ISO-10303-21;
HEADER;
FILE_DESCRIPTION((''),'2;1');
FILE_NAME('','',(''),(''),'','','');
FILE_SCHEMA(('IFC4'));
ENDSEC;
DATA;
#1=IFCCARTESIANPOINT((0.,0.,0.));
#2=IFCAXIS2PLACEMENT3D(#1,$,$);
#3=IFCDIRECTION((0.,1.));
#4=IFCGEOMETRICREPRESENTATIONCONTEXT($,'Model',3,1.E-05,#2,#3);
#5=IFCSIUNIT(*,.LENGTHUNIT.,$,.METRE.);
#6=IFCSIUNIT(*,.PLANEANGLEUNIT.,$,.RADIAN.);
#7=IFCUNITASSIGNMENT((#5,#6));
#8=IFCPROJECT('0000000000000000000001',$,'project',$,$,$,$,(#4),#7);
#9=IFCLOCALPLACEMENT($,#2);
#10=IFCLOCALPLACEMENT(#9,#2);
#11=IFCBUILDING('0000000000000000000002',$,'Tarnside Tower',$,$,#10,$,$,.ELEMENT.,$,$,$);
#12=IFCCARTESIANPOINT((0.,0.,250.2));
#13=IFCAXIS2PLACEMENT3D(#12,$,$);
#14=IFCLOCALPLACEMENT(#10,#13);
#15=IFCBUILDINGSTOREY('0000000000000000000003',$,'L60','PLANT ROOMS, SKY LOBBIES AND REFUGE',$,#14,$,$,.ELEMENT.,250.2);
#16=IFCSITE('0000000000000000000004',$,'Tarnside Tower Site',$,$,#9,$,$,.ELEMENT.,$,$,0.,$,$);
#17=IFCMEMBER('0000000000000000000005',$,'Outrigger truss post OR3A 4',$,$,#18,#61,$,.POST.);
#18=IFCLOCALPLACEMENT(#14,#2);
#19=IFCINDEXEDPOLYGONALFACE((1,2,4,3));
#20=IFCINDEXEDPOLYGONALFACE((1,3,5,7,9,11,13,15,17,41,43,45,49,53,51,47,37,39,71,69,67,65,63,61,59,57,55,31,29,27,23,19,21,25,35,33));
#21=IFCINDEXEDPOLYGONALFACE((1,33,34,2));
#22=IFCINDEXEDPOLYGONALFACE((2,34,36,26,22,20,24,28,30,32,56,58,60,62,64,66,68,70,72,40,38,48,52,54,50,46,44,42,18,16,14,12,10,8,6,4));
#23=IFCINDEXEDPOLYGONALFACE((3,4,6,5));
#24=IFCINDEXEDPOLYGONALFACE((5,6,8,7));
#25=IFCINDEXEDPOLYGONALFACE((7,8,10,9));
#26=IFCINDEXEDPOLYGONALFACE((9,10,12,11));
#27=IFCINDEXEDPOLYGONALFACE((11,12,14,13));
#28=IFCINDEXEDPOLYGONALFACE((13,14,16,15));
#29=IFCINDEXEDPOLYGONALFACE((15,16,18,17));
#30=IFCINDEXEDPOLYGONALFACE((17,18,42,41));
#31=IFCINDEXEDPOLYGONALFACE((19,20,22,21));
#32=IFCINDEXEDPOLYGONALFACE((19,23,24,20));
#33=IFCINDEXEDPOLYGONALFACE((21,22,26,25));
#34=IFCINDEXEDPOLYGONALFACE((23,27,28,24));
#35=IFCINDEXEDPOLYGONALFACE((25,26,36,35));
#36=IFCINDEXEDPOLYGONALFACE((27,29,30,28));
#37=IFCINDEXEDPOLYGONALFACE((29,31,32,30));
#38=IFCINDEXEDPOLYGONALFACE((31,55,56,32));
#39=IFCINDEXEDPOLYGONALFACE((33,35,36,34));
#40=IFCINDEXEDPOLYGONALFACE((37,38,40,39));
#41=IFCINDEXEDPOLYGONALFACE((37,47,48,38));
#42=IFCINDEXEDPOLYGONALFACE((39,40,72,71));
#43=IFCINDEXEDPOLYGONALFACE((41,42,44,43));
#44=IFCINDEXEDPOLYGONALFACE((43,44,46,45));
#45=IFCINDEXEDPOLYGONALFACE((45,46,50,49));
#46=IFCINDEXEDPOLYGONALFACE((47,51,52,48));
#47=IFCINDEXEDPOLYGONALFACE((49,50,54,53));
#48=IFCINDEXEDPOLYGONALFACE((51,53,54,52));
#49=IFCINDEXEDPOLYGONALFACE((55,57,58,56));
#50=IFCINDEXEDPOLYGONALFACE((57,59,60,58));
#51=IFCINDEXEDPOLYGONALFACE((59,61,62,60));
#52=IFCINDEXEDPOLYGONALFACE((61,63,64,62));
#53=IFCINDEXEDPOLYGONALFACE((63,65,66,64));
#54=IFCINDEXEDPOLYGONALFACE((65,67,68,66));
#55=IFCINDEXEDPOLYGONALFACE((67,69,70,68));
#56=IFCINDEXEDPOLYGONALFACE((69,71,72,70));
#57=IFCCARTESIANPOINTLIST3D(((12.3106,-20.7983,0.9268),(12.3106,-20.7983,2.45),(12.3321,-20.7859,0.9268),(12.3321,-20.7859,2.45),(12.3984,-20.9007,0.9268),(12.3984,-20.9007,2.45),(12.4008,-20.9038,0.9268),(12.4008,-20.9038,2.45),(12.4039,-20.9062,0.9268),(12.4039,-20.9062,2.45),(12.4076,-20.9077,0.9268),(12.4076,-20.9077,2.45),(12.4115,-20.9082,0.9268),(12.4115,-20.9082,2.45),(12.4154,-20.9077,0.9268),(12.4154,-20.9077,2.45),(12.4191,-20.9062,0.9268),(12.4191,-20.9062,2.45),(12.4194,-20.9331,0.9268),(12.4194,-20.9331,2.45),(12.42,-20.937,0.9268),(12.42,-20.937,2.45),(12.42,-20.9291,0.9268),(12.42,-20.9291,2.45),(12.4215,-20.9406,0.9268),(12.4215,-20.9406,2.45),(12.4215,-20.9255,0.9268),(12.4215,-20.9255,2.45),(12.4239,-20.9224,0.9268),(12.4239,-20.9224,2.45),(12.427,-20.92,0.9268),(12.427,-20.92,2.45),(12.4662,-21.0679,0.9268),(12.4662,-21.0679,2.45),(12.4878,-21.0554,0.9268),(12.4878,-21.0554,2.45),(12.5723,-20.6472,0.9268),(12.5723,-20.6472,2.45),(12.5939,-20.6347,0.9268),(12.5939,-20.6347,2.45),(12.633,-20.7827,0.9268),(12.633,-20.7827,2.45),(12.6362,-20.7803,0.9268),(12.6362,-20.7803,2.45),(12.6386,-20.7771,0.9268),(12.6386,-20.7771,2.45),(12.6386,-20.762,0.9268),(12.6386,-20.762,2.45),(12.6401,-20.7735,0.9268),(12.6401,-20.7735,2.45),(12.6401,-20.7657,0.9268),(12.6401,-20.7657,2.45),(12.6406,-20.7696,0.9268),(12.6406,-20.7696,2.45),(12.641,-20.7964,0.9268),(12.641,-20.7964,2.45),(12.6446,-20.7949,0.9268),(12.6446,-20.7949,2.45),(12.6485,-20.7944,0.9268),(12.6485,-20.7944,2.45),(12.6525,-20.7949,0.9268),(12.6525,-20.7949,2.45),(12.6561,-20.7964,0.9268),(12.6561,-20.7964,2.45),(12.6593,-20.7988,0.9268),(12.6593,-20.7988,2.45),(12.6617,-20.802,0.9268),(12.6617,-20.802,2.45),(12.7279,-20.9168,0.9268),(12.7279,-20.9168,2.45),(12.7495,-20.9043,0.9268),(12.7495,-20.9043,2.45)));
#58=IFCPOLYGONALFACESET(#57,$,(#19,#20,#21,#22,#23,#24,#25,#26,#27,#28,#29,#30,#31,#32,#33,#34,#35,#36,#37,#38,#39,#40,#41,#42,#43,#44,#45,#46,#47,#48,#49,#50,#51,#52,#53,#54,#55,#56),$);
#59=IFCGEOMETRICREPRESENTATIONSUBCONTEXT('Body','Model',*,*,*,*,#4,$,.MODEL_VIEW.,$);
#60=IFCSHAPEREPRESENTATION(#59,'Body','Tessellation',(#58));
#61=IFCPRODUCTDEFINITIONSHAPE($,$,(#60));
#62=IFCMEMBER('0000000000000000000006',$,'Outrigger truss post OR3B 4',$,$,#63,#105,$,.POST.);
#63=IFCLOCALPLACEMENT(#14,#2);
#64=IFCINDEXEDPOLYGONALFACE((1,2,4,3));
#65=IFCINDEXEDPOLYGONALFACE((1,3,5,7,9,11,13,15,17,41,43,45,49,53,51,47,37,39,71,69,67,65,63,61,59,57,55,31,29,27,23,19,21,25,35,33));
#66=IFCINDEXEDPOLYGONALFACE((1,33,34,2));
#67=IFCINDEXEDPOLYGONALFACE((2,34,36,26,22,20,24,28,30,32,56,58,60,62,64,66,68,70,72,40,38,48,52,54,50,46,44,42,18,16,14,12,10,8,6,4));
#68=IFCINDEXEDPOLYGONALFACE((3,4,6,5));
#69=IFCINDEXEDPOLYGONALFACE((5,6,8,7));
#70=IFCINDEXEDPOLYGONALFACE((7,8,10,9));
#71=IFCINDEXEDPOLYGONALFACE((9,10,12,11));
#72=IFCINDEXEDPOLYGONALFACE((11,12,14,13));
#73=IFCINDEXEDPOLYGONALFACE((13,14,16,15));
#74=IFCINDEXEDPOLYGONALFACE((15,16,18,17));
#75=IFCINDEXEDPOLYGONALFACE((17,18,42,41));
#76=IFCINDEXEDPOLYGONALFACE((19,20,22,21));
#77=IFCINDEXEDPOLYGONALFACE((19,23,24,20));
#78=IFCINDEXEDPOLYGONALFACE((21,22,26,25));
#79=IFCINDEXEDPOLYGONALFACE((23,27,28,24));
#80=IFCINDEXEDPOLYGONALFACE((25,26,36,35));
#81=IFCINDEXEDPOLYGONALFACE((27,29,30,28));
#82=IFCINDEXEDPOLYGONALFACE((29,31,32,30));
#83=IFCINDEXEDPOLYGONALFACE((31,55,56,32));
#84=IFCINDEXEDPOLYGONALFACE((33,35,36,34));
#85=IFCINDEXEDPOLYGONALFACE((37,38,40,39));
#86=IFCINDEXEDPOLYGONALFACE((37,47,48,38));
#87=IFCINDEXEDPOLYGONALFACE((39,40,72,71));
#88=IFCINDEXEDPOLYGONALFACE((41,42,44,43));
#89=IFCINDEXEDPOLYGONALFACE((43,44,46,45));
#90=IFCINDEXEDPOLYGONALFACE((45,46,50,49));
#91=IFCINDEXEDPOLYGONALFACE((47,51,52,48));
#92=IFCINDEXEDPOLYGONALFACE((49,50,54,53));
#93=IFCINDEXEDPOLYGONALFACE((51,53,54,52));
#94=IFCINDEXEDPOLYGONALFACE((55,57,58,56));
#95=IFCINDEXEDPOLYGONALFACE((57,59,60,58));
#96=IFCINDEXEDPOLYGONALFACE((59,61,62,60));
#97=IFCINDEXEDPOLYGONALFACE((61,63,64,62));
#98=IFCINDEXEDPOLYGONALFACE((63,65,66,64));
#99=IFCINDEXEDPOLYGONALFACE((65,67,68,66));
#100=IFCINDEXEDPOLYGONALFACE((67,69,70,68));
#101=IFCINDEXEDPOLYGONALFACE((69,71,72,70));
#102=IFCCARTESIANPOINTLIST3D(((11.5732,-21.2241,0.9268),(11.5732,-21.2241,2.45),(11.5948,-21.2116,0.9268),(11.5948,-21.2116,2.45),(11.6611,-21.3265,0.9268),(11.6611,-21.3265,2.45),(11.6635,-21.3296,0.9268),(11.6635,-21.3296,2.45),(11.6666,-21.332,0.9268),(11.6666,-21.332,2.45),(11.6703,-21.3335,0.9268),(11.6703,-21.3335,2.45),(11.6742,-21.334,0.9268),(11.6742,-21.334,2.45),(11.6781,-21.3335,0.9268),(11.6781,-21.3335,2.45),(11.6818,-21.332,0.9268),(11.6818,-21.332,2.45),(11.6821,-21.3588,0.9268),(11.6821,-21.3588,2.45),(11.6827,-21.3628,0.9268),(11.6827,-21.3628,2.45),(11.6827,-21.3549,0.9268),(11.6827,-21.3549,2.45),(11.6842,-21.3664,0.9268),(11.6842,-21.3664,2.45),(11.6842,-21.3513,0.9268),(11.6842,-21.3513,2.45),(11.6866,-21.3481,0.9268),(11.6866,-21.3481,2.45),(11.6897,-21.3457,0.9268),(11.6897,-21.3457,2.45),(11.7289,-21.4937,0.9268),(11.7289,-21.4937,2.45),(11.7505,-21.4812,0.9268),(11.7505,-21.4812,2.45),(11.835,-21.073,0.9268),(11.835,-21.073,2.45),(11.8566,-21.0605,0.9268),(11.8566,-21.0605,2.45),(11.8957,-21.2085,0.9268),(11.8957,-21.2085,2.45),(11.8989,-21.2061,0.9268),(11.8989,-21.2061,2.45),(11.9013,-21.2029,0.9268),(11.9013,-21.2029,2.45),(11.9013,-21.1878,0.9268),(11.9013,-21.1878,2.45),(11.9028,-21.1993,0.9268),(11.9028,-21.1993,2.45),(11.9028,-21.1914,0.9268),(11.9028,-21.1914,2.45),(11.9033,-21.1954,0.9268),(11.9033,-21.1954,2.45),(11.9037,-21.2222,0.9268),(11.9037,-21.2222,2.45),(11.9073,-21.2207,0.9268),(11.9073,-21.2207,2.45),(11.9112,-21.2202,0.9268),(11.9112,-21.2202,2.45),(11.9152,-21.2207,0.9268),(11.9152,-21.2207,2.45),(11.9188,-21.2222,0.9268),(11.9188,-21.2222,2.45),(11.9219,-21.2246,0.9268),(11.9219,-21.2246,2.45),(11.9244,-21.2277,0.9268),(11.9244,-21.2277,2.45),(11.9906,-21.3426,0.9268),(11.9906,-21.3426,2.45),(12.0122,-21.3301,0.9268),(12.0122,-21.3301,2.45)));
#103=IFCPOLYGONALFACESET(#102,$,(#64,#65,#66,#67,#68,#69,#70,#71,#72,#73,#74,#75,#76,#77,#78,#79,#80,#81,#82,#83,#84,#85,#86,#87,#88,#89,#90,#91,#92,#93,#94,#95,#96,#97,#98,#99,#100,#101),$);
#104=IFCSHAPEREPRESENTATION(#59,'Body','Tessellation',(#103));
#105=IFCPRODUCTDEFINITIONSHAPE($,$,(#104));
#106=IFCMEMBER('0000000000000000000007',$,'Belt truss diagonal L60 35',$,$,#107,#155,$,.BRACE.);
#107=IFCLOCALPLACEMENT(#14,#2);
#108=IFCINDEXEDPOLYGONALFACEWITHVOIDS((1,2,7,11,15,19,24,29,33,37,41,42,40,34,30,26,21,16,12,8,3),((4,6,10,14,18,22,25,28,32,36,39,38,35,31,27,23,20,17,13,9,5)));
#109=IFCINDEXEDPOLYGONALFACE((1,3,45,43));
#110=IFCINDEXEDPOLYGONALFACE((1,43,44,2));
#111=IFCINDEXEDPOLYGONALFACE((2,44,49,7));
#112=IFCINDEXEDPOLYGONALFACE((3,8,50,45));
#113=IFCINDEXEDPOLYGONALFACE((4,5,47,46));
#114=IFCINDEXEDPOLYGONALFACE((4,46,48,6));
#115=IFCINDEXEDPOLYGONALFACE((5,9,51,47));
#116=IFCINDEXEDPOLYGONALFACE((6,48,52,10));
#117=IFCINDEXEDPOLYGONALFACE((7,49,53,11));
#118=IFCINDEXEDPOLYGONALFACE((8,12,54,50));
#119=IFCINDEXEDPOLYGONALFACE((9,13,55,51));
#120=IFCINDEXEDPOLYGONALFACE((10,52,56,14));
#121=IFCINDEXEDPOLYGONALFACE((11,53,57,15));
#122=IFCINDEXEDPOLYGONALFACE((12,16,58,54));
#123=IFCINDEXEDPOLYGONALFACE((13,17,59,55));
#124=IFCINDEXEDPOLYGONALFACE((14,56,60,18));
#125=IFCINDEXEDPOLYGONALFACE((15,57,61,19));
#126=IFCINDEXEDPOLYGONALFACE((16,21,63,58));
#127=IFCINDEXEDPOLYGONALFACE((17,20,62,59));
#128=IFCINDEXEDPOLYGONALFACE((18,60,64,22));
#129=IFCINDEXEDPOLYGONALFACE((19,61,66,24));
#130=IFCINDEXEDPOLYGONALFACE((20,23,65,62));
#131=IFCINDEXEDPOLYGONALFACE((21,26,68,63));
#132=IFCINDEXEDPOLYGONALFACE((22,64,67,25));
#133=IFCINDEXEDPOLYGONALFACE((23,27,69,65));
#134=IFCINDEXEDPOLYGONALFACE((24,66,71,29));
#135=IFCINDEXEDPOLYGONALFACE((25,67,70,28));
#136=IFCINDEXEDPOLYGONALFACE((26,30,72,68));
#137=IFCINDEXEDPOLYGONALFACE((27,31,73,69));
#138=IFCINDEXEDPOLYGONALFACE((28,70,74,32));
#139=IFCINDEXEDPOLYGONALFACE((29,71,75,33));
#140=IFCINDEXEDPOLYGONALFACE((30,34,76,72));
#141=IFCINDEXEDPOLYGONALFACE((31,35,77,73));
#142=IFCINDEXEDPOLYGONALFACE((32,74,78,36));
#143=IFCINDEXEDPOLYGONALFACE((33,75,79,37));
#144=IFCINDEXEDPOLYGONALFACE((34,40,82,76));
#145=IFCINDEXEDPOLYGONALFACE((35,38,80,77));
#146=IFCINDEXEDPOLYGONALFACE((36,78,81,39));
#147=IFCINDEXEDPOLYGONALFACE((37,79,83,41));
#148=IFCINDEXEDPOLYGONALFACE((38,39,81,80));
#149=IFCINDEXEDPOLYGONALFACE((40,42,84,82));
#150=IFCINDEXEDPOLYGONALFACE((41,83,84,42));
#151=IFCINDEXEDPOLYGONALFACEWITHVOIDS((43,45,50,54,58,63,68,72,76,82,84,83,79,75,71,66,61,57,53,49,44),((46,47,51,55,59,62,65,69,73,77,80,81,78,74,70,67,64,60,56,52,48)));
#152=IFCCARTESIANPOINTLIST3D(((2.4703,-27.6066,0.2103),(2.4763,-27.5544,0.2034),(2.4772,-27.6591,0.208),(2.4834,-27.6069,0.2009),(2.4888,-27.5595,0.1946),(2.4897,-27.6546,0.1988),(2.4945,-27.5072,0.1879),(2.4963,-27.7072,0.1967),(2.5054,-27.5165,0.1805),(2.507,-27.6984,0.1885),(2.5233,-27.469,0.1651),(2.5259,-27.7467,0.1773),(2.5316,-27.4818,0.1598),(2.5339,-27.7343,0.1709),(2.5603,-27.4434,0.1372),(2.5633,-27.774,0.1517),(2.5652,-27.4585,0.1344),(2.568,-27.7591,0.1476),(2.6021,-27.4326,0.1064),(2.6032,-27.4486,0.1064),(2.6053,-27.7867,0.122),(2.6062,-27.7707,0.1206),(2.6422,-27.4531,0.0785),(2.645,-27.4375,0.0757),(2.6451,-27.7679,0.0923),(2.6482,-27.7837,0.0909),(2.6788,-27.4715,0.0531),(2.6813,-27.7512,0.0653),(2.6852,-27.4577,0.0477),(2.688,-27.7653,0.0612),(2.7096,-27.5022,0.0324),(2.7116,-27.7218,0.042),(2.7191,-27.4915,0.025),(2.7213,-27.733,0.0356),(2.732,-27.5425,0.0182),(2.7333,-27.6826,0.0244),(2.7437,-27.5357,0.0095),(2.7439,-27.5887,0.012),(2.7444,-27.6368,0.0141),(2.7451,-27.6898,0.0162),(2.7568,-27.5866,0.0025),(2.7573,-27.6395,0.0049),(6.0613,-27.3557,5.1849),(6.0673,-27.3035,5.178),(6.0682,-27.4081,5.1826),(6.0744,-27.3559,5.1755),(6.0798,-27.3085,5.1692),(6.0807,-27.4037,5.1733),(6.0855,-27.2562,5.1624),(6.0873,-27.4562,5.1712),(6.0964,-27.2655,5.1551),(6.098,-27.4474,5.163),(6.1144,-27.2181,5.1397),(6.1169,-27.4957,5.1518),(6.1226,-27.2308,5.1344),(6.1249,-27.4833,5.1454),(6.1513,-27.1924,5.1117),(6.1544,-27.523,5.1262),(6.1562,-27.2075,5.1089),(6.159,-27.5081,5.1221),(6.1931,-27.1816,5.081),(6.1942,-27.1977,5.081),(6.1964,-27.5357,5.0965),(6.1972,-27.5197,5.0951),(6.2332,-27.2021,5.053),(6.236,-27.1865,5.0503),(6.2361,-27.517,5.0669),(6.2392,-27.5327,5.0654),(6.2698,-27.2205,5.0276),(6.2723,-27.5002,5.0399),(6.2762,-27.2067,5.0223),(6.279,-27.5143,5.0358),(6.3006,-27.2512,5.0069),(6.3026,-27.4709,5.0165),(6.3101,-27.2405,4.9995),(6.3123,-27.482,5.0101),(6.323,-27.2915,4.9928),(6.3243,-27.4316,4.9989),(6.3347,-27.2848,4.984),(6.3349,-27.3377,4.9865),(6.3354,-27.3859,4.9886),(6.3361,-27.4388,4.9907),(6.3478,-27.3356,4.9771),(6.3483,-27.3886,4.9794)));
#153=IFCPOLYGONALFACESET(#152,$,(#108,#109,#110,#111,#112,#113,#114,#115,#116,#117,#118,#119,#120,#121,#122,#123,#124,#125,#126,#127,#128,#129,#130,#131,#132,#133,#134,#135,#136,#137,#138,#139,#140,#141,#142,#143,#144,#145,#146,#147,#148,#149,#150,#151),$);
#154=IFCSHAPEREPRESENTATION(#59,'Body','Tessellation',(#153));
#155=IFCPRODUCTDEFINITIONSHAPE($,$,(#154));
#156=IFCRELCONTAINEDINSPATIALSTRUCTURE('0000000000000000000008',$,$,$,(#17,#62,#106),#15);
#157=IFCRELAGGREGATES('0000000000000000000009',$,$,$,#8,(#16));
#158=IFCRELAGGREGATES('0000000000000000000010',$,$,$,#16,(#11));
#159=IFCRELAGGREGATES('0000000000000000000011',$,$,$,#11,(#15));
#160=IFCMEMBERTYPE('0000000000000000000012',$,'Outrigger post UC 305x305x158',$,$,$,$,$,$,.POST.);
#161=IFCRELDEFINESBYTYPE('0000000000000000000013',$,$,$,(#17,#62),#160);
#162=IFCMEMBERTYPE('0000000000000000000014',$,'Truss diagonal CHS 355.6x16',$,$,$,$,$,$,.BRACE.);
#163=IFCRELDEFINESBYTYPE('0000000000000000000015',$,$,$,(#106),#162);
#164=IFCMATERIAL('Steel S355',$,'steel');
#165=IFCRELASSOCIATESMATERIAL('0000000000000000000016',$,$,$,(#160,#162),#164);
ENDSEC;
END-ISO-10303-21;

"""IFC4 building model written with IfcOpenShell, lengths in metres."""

from ifc_helpers import new_model, si_unit, direction, frame, origin, origin_2d, place, context, subcontext, project, spatial, hollow_circle, i_section, extrude, material, material_profile, profile_set, type_object, element, save


model = new_model("IFC4")

# Units and contexts
model_context = context("Model", 3, precision=1e-05, world=origin(), true_north=direction((0.0, 1.0)))
body_context = subcontext(model_context, "Body", "Model", "MODEL_VIEW")
ifc_project = project(units=[si_unit("LENGTHUNIT", "METRE"), si_unit("PLANEANGLEUNIT", "RADIAN")], contexts=[model_context])

# Site, building, storey
site_placement = place(None, origin())
site = spatial("IfcSite", under=ifc_project, at=site_placement, Name="Tarnside Tower Site", CompositionType="ELEMENT", RefElevation=0.0)
building_placement = place(site_placement, origin())
building = spatial("IfcBuilding", under=site, at=building_placement, Name="Tarnside Tower", CompositionType="ELEMENT")
storey_placement = place(building_placement, frame((0.0, 0.0, 250.2)))
storey = spatial("IfcBuildingStorey", under=building, at=storey_placement, Name="L60", Description="PLANT ROOMS, SKY LOBBIES AND REFUGE", CompositionType="ELEMENT", Elevation=250.2)

# Shared definitions
ifc_material_1 = material(Name="Steel S355", Category="steel")

# Members
ifc_material_profile_1 = material_profile(ifc_material_1, i_section(OverallWidth=0.3113, OverallDepth=0.3271, WebThickness=0.0159, FlangeThickness=0.0249, FilletRadius=0.0151, at=origin_2d()), Name="UC 305x305x158")
ifc_profile_set_1 = profile_set([ifc_material_profile_1], Name="Steel S355")
member_type_1 = type_object("IfcMemberType", Name="Outrigger post UC 305x305x158", PredefinedType="POST", material=ifc_profile_set_1)
for number, where, z_axis, x_axis, name in (
    (1, (12.53, -20.8513, 0.9268), (0.0, 0.0, 1.0), (0.5, -0.866025, 0.0), "Outrigger truss post OR3A 4"),
    (2, (11.7927, -21.2771, 0.9268), (0.0, 0.0, 1.0), (0.5, -0.866025, 0.0), "Outrigger truss post OR3B 4"),
):
    element("IfcMember", number, at=place(storey_placement, frame(where, z_axis=z_axis, x_axis=x_axis)), inside=storey, type_object=member_type_1, Name=name, PredefinedType="POST", context=body_context, shape_type="SweptSolid", body=[
        extrude(i_section(OverallWidth=0.3113, OverallDepth=0.3271, WebThickness=0.0159, FlangeThickness=0.0249, FilletRadius=0.0151, at=origin_2d()), origin(), (0.0, 0.0, 1.0), 1.5232),
    ])
ifc_material_profile_2 = material_profile(ifc_material_1, hollow_circle(Radius=0.1777, WallThickness=0.0161, at=origin_2d()), Name="CHS 355.6x16")
ifc_profile_set_2 = profile_set([ifc_material_profile_2], Name="Steel S355")
member_type_2 = type_object("IfcMemberType", Name="Truss diagonal CHS 355.6x16", PredefinedType="BRACE", material=ifc_profile_set_2)
member_1_placement = place(storey_placement, frame((2.6145, -27.6099, 0.1064), z_axis=(0.584818, 0.040872, 0.810134), x_axis=(-0.069719, 0.997567, 0.0)))
element("IfcMember", 3, at=member_1_placement, inside=storey, type_object=member_type_2, Name="Belt truss diagonal L60 35", PredefinedType="BRACE", context=body_context, shape_type="SweptSolid", body=[
    extrude(hollow_circle(Radius=0.1777, WallThickness=0.0161, at=origin_2d()), origin(), (0.0, 0.0, 1.0), 6.1404),
])

save(model, "model.ifc")
